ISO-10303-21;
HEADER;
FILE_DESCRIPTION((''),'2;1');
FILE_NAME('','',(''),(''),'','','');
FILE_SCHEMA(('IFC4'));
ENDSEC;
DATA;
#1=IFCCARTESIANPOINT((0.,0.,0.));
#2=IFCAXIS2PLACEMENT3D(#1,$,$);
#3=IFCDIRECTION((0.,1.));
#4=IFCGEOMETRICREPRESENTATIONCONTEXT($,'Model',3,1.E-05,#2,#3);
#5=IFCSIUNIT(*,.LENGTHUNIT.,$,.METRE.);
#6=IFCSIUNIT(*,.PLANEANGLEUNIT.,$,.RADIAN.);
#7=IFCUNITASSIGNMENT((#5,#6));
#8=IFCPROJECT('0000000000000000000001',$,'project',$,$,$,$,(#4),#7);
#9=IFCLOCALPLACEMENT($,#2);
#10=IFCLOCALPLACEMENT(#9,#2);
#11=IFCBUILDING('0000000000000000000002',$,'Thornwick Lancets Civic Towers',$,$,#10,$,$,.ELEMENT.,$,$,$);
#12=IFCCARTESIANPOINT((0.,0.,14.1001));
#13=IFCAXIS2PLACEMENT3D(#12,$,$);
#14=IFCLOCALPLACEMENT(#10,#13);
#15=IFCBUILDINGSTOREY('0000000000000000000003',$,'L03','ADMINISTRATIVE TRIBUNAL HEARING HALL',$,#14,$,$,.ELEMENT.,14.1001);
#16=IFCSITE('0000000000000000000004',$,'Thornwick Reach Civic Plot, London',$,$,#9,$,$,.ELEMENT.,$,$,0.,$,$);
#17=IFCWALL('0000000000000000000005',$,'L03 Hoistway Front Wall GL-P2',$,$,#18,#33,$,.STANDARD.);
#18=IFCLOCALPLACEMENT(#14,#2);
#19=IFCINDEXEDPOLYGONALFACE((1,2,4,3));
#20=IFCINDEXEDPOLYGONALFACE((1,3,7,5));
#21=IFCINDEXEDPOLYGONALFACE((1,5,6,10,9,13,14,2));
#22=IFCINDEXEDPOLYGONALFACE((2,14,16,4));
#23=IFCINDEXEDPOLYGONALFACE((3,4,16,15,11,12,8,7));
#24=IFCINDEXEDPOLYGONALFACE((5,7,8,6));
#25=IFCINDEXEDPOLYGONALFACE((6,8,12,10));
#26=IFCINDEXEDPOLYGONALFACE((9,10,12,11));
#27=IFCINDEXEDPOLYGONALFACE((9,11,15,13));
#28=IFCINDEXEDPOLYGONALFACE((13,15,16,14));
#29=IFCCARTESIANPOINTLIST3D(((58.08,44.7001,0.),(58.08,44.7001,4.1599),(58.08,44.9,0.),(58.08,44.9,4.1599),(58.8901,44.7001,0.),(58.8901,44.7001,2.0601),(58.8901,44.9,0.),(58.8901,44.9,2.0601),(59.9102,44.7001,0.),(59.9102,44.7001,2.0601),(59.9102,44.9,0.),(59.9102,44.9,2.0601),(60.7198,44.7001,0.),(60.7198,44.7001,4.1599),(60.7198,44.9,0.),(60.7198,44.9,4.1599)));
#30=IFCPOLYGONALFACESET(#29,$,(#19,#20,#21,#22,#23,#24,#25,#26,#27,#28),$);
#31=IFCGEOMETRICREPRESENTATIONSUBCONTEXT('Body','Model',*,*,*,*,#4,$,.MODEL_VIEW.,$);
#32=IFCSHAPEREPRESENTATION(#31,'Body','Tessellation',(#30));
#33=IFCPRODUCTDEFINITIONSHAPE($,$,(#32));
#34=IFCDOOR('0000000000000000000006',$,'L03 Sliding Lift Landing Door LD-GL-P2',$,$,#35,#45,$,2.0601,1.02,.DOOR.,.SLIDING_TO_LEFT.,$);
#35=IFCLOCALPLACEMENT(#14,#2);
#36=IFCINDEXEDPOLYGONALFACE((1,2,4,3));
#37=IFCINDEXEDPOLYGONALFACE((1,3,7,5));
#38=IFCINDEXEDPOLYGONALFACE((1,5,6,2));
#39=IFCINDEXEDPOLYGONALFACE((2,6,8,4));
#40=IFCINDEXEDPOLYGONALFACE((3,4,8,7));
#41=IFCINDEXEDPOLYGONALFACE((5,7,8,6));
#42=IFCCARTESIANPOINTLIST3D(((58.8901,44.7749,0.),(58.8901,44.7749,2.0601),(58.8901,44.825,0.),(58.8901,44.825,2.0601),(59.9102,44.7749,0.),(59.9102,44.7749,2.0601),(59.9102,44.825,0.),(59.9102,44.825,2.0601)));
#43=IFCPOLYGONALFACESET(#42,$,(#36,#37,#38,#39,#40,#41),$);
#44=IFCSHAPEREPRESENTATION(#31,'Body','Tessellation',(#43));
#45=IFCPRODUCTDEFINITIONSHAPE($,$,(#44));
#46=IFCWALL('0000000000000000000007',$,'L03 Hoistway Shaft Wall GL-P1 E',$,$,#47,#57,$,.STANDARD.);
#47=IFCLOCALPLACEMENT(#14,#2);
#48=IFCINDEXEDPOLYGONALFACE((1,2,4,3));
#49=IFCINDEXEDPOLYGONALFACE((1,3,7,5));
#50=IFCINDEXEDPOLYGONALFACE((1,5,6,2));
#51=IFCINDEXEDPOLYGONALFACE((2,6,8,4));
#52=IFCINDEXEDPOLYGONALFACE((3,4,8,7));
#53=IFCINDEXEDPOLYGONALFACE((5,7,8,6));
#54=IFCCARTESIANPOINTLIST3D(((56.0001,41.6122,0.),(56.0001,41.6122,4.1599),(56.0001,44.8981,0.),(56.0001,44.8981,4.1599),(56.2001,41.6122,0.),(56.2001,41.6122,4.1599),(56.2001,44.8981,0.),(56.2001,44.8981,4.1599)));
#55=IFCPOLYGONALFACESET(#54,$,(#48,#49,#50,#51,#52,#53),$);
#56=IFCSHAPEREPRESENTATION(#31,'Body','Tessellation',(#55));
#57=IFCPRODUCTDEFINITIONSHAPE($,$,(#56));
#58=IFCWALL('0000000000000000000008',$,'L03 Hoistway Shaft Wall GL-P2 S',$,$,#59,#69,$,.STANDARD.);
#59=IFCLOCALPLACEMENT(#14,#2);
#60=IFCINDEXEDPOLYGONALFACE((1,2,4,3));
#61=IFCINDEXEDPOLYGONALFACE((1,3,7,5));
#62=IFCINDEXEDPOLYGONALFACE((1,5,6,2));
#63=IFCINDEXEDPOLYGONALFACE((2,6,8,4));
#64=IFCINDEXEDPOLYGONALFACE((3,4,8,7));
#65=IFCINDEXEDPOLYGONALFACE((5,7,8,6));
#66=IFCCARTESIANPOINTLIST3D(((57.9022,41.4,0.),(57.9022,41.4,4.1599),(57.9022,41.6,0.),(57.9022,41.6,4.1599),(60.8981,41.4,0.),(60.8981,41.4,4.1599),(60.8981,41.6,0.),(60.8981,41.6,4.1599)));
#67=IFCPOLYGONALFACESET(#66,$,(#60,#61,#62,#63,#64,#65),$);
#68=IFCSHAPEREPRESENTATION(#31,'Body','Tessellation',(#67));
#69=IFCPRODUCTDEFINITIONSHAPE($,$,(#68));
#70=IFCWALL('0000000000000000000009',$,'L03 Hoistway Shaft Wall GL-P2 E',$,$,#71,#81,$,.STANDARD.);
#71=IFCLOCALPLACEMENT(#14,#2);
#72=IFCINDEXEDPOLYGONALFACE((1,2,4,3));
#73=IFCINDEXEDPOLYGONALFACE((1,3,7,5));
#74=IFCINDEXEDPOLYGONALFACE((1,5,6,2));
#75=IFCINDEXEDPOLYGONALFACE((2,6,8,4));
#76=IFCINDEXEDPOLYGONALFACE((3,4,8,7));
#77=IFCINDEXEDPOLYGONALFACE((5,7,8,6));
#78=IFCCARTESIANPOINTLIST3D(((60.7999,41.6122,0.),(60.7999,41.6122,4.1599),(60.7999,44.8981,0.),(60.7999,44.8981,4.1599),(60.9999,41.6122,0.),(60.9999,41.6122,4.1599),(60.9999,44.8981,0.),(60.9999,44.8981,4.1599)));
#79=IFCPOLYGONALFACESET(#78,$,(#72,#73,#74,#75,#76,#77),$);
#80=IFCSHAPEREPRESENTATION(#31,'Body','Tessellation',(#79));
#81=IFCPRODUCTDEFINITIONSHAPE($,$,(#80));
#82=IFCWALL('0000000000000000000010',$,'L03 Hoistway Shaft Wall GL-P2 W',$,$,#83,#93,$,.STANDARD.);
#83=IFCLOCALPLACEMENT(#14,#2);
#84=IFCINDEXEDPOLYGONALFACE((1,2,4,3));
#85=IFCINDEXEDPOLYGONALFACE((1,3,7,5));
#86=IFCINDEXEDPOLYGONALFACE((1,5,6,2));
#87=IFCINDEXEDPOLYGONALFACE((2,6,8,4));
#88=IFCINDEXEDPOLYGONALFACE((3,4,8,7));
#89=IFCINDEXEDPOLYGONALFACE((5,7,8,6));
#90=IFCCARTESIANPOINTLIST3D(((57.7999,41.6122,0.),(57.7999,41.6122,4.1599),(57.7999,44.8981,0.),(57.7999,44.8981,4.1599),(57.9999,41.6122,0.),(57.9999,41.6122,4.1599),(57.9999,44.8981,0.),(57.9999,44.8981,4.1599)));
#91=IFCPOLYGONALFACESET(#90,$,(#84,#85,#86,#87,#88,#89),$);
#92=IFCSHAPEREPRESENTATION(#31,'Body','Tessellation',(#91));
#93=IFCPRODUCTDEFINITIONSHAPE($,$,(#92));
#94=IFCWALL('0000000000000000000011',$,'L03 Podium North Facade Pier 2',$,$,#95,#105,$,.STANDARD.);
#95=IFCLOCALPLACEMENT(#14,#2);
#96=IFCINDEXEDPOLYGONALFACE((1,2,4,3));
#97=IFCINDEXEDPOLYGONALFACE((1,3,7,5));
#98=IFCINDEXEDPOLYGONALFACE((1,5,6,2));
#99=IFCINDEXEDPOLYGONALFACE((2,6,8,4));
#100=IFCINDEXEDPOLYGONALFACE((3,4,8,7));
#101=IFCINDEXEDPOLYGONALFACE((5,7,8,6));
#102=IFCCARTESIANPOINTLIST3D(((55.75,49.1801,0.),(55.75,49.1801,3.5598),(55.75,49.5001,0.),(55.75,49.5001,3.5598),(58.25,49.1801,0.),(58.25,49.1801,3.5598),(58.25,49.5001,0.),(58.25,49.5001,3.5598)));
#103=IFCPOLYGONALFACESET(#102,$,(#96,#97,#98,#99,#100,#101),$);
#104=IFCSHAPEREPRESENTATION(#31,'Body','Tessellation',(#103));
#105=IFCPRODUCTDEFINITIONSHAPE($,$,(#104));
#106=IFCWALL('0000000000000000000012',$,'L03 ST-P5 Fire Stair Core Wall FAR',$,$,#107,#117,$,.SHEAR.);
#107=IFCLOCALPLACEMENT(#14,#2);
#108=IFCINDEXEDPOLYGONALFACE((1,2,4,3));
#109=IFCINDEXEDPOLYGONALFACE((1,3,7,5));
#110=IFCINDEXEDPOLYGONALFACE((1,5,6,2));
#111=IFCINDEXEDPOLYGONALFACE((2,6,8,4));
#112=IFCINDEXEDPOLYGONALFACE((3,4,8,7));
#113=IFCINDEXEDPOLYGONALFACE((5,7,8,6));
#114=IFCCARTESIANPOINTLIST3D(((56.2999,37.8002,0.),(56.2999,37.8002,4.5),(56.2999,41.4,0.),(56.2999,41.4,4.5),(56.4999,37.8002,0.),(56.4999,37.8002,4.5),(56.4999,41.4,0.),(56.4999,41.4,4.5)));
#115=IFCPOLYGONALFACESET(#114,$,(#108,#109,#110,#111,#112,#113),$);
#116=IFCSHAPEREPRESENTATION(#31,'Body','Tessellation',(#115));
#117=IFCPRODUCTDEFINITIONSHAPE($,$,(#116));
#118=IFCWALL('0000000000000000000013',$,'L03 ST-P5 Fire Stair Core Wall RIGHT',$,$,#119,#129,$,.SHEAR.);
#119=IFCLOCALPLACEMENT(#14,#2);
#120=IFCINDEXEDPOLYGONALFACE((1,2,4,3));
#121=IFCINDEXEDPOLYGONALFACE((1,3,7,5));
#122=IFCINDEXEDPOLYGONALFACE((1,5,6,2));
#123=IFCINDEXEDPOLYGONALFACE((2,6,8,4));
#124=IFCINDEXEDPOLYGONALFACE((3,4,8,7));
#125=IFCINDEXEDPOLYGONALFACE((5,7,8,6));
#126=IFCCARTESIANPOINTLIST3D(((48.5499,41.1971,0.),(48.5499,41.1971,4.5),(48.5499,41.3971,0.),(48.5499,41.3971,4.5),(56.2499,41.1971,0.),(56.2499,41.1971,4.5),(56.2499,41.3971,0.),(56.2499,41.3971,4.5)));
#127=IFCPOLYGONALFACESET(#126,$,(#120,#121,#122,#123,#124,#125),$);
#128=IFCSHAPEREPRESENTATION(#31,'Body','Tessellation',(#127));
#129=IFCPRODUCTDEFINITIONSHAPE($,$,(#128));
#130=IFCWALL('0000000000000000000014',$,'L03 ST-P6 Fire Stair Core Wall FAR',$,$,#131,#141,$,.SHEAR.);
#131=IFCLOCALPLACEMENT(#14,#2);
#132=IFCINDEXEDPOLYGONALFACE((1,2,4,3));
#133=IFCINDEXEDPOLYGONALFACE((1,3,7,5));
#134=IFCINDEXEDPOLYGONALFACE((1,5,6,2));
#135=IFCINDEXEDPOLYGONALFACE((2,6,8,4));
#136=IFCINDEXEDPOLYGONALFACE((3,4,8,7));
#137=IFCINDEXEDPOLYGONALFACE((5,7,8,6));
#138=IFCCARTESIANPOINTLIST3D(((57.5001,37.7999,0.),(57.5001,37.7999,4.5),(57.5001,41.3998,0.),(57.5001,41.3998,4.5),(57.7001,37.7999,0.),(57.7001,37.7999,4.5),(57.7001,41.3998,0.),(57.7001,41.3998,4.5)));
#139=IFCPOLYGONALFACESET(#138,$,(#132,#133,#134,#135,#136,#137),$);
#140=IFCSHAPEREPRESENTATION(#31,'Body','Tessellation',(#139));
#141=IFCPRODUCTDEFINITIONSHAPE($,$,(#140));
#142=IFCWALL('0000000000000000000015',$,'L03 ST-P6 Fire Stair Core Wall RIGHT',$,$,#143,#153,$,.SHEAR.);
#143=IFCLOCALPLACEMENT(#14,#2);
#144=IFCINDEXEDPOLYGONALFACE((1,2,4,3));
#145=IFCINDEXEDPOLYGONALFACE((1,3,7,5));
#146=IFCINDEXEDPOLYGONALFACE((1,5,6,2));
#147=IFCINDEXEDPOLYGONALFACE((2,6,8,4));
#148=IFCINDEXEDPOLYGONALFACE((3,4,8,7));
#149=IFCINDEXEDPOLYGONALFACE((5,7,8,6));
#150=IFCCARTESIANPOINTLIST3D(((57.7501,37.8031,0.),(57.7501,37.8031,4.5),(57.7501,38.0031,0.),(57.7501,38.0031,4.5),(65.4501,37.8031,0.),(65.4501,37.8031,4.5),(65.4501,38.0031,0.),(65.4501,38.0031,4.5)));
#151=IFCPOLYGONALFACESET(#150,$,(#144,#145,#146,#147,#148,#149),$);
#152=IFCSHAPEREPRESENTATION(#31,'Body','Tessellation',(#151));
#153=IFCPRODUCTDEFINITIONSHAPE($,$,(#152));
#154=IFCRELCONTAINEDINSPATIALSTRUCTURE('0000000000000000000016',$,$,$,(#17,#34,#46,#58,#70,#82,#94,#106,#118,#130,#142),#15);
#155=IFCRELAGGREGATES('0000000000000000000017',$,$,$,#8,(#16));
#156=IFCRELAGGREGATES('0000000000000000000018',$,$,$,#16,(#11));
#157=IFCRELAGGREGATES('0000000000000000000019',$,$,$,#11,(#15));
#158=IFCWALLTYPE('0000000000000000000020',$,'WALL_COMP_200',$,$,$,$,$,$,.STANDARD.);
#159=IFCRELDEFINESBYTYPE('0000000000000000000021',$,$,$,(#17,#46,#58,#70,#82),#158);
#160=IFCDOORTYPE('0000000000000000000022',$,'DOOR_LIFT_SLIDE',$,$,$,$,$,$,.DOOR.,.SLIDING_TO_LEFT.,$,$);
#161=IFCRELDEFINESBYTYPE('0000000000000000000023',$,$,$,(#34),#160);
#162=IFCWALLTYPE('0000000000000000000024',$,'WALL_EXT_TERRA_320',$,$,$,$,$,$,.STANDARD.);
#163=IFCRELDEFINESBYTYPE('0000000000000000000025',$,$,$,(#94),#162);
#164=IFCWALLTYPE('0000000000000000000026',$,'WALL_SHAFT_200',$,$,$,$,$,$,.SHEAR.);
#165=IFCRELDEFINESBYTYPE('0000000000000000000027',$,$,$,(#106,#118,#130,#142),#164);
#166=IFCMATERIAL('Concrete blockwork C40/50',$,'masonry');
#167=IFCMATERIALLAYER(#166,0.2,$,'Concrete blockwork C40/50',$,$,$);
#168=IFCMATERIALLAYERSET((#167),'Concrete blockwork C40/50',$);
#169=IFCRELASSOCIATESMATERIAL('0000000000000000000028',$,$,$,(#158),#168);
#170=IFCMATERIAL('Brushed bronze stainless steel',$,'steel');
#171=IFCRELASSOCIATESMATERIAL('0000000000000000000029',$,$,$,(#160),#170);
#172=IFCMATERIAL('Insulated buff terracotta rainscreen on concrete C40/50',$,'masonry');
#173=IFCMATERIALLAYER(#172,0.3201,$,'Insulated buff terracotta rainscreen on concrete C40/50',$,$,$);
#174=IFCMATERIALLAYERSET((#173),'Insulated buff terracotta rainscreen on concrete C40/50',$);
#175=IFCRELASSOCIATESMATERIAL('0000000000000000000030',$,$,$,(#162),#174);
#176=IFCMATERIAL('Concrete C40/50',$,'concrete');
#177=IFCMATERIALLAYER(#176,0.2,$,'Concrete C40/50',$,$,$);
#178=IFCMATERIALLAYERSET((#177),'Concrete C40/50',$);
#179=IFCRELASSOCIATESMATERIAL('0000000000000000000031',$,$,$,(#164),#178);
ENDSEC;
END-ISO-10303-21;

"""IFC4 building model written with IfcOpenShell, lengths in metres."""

from ifc_helpers import new_model, si_unit, direction, frame, frame_2d, origin, place, context, subcontext, project, spatial, rectangle, extrude, material, layer, layer_set, type_object, element, fill, save


model = new_model("IFC4")

# Units and contexts
model_context = context("Model", 3, precision=1e-05, world=origin(), true_north=direction((0.0, 1.0)))
body_context = subcontext(model_context, "Body", "Model", "MODEL_VIEW")
ifc_project = project(units=[si_unit("LENGTHUNIT", "METRE"), si_unit("PLANEANGLEUNIT", "RADIAN")], contexts=[model_context])

# Site, building, storey
site_placement = place(None, origin())
site = spatial("IfcSite", under=ifc_project, at=site_placement, Name="Thornwick Reach Civic Plot, London", CompositionType="ELEMENT", RefElevation=0.0)
building_placement = place(site_placement, origin())
building = spatial("IfcBuilding", under=site, at=building_placement, Name="Thornwick Lancets Civic Towers", CompositionType="ELEMENT")
storey_placement = place(building_placement, frame((0.0, 0.0, 14.1001)))
storey = spatial("IfcBuildingStorey", under=building, at=storey_placement, Name="L03", Description="ADMINISTRATIVE TRIBUNAL HEARING HALL", CompositionType="ELEMENT", Elevation=14.1001)

# Shared definitions
ifc_material_1 = material(Name="Concrete C40/50", Category="concrete")

# Wall, opening, door
ifc_material_2 = material(Name="Concrete blockwork C40/50", Category="masonry")
ifc_layer_1 = layer(ifc_material_2, 0.2, Name="Concrete blockwork C40/50")
ifc_layer_set_1 = layer_set([ifc_layer_1], Name="Concrete blockwork C40/50")
wall_type_1 = type_object("IfcWallType", Name="WALL_COMP_200", PredefinedType="STANDARD", material=ifc_layer_set_1)
wall_1_placement = place(storey_placement, frame((58.0801, 44.8, 0.0), z_axis=(0.0, 0.0, 1.0), x_axis=(1.0, 0.0, 0.0)))
wall_1 = element("IfcWall", 1, at=wall_1_placement, inside=storey, type_object=wall_type_1, Name="L03 Hoistway Front Wall GL-P2", PredefinedType="STANDARD", context=body_context, shape_type="SweptSolid", body=[
    extrude(rectangle(XDim=2.6399, YDim=0.2, at=frame_2d((1.3198, 0.0))), origin(), (0.0, 0.0, 1.0), 4.1599),
])
opening_placement = place(wall_1_placement, frame((0.8101, 0.0, 0.0)))
opening = element("IfcOpeningElement", 2, at=opening_placement, cuts=wall_1, PredefinedType="OPENING", context=body_context, shape_type="SweptSolid", body=[
    extrude(rectangle(XDim=1.02, YDim=2.0601, at=frame_2d((0.51, 1.03))), frame((0.0, 0.1099, 0.0), z_axis=(0.0, -1.0, 0.0), x_axis=(1.0, 0.0, 0.0)), (0.0, 0.0, 1.0), 0.22),
])
ifc_material_3 = material(Name="Brushed bronze stainless steel", Category="steel")
door_type = type_object("IfcDoorType", Name="DOOR_LIFT_SLIDE", OperationType="SLIDING_TO_LEFT", PredefinedType="DOOR", material=ifc_material_3)
door_placement = place(opening_placement, origin())
door = element("IfcDoor", 3, at=door_placement, inside=storey, type_object=door_type, Name="L03 Sliding Lift Landing Door LD-GL-P2", OperationType="SLIDING_TO_LEFT", OverallHeight=2.0601, OverallWidth=1.02, PredefinedType="DOOR", context=body_context, shape_type="SweptSolid", body=[
    extrude(rectangle(XDim=1.02, YDim=2.0601, at=frame_2d((0.51, 1.03))), frame((0.0, 0.0249, 0.0), z_axis=(0.0, -1.0, 0.0), x_axis=(1.0, 0.0, 0.0)), (0.0, 0.0, 1.0), 0.05),
])
fill(opening, door)

# Walls
wall_2_placement = place(storey_placement, frame((56.1001, 41.6121, 0.0), z_axis=(0.0, 0.0, 1.0), x_axis=(0.0, 1.0, 0.0)))
element("IfcWall", 4, at=wall_2_placement, inside=storey, type_object=wall_type_1, Name="L03 Hoistway Shaft Wall GL-P1 E", PredefinedType="STANDARD", context=body_context, shape_type="SweptSolid", body=[
    extrude(rectangle(XDim=3.2859, YDim=0.2, at=frame_2d((1.6431, 0.0))), origin(), (0.0, 0.0, 1.0), 4.1599),
])
wall_3_placement = place(storey_placement, frame((57.9021, 41.5, 0.0), z_axis=(0.0, 0.0, 1.0), x_axis=(1.0, 0.0, 0.0)))
element("IfcWall", 5, at=wall_3_placement, inside=storey, type_object=wall_type_1, Name="L03 Hoistway Shaft Wall GL-P2 S", PredefinedType="STANDARD", context=body_context, shape_type="SweptSolid", body=[
    extrude(rectangle(XDim=2.9958, YDim=0.2, at=frame_2d((1.498, 0.0))), origin(), (0.0, 0.0, 1.0), 4.1599),
])
for number, where, z_axis, x_axis, name in (
    (6, (60.8999, 41.6121, 0.0), (0.0, 0.0, 1.0), (0.0, 1.0, 0.0), "L03 Hoistway Shaft Wall GL-P2 E"),
    (7, (57.8999, 41.6121, 0.0), (0.0, 0.0, 1.0), (0.0, 1.0, 0.0), "L03 Hoistway Shaft Wall GL-P2 W"),
):
    element("IfcWall", number, at=place(storey_placement, frame(where, z_axis=z_axis, x_axis=x_axis)), inside=storey, type_object=wall_type_1, Name=name, PredefinedType="STANDARD", context=body_context, shape_type="SweptSolid", body=[
        extrude(rectangle(XDim=3.2859, YDim=0.2, at=frame_2d((1.6431, 0.0))), origin(), (0.0, 0.0, 1.0), 4.1599),
    ])
ifc_material_4 = material(Name="Insulated buff terracotta rainscreen on concrete C40/50", Category="masonry")
ifc_layer_2 = layer(ifc_material_4, 0.3201, Name="Insulated buff terracotta rainscreen on concrete C40/50")
ifc_layer_set_2 = layer_set([ifc_layer_2], Name="Insulated buff terracotta rainscreen on concrete C40/50")
wall_type_2 = type_object("IfcWallType", Name="WALL_EXT_TERRA_320", PredefinedType="STANDARD", material=ifc_layer_set_2)
wall_4_placement = place(storey_placement, frame((58.25, 49.3401, 0.0), z_axis=(0.0, 0.0, 1.0), x_axis=(-1.0, 0.0, 0.0)))
element("IfcWall", 8, at=wall_4_placement, inside=storey, type_object=wall_type_2, Name="L03 Podium North Facade Pier 2", PredefinedType="STANDARD", context=body_context, shape_type="SweptSolid", body=[
    extrude(rectangle(XDim=2.5, YDim=0.3201, at=frame_2d((1.25, 0.0))), origin(), (0.0, 0.0, 1.0), 3.5598),
])
ifc_layer_3 = layer(ifc_material_1, 0.2, Name="Concrete C40/50")
ifc_layer_set_3 = layer_set([ifc_layer_3], Name="Concrete C40/50")
wall_type_3 = type_object("IfcWallType", Name="WALL_SHAFT_200", PredefinedType="SHEAR", material=ifc_layer_set_3)
wall_5_placement = place(storey_placement, frame((56.3999, 41.3999, 0.0), z_axis=(0.0, 0.0, 1.0), x_axis=(0.0, -1.0, 0.0)))
element("IfcWall", 9, at=wall_5_placement, inside=storey, type_object=wall_type_3, Name="L03 ST-P5 Fire Stair Core Wall FAR", PredefinedType="SHEAR", context=body_context, shape_type="SweptSolid", body=[
    extrude(rectangle(XDim=3.5999, YDim=0.2, at=frame_2d((1.7998, 0.0))), origin(), (0.0, 0.0, 1.0), 4.5),
])
wall_6_placement = place(storey_placement, frame((56.25, 41.2971, 0.0), z_axis=(0.0, 0.0, 1.0), x_axis=(-1.0, 0.0, 0.0)))
element("IfcWall", 10, at=wall_6_placement, inside=storey, type_object=wall_type_3, Name="L03 ST-P5 Fire Stair Core Wall RIGHT", PredefinedType="SHEAR", context=body_context, shape_type="SweptSolid", body=[
    extrude(rectangle(XDim=7.7, YDim=0.2, at=frame_2d((3.8501, 0.0))), origin(), (0.0, 0.0, 1.0), 4.5),
])
wall_7_placement = place(storey_placement, frame((57.6001, 37.8, 0.0), z_axis=(0.0, 0.0, 1.0), x_axis=(0.0, 1.0, 0.0)))
element("IfcWall", 11, at=wall_7_placement, inside=storey, type_object=wall_type_3, Name="L03 ST-P6 Fire Stair Core Wall FAR", PredefinedType="SHEAR", context=body_context, shape_type="SweptSolid", body=[
    extrude(rectangle(XDim=3.5999, YDim=0.2, at=frame_2d((1.7998, 0.0))), origin(), (0.0, 0.0, 1.0), 4.5),
])
wall_8_placement = place(storey_placement, frame((57.75, 37.9031, 0.0), z_axis=(0.0, 0.0, 1.0), x_axis=(1.0, 0.0, 0.0)))
element("IfcWall", 12, at=wall_8_placement, inside=storey, type_object=wall_type_3, Name="L03 ST-P6 Fire Stair Core Wall RIGHT", PredefinedType="SHEAR", context=body_context, shape_type="SweptSolid", body=[
    extrude(rectangle(XDim=7.7, YDim=0.2, at=frame_2d((3.8501, 0.0))), origin(), (0.0, 0.0, 1.0), 4.5),
])

save(model, "model.ifc")
